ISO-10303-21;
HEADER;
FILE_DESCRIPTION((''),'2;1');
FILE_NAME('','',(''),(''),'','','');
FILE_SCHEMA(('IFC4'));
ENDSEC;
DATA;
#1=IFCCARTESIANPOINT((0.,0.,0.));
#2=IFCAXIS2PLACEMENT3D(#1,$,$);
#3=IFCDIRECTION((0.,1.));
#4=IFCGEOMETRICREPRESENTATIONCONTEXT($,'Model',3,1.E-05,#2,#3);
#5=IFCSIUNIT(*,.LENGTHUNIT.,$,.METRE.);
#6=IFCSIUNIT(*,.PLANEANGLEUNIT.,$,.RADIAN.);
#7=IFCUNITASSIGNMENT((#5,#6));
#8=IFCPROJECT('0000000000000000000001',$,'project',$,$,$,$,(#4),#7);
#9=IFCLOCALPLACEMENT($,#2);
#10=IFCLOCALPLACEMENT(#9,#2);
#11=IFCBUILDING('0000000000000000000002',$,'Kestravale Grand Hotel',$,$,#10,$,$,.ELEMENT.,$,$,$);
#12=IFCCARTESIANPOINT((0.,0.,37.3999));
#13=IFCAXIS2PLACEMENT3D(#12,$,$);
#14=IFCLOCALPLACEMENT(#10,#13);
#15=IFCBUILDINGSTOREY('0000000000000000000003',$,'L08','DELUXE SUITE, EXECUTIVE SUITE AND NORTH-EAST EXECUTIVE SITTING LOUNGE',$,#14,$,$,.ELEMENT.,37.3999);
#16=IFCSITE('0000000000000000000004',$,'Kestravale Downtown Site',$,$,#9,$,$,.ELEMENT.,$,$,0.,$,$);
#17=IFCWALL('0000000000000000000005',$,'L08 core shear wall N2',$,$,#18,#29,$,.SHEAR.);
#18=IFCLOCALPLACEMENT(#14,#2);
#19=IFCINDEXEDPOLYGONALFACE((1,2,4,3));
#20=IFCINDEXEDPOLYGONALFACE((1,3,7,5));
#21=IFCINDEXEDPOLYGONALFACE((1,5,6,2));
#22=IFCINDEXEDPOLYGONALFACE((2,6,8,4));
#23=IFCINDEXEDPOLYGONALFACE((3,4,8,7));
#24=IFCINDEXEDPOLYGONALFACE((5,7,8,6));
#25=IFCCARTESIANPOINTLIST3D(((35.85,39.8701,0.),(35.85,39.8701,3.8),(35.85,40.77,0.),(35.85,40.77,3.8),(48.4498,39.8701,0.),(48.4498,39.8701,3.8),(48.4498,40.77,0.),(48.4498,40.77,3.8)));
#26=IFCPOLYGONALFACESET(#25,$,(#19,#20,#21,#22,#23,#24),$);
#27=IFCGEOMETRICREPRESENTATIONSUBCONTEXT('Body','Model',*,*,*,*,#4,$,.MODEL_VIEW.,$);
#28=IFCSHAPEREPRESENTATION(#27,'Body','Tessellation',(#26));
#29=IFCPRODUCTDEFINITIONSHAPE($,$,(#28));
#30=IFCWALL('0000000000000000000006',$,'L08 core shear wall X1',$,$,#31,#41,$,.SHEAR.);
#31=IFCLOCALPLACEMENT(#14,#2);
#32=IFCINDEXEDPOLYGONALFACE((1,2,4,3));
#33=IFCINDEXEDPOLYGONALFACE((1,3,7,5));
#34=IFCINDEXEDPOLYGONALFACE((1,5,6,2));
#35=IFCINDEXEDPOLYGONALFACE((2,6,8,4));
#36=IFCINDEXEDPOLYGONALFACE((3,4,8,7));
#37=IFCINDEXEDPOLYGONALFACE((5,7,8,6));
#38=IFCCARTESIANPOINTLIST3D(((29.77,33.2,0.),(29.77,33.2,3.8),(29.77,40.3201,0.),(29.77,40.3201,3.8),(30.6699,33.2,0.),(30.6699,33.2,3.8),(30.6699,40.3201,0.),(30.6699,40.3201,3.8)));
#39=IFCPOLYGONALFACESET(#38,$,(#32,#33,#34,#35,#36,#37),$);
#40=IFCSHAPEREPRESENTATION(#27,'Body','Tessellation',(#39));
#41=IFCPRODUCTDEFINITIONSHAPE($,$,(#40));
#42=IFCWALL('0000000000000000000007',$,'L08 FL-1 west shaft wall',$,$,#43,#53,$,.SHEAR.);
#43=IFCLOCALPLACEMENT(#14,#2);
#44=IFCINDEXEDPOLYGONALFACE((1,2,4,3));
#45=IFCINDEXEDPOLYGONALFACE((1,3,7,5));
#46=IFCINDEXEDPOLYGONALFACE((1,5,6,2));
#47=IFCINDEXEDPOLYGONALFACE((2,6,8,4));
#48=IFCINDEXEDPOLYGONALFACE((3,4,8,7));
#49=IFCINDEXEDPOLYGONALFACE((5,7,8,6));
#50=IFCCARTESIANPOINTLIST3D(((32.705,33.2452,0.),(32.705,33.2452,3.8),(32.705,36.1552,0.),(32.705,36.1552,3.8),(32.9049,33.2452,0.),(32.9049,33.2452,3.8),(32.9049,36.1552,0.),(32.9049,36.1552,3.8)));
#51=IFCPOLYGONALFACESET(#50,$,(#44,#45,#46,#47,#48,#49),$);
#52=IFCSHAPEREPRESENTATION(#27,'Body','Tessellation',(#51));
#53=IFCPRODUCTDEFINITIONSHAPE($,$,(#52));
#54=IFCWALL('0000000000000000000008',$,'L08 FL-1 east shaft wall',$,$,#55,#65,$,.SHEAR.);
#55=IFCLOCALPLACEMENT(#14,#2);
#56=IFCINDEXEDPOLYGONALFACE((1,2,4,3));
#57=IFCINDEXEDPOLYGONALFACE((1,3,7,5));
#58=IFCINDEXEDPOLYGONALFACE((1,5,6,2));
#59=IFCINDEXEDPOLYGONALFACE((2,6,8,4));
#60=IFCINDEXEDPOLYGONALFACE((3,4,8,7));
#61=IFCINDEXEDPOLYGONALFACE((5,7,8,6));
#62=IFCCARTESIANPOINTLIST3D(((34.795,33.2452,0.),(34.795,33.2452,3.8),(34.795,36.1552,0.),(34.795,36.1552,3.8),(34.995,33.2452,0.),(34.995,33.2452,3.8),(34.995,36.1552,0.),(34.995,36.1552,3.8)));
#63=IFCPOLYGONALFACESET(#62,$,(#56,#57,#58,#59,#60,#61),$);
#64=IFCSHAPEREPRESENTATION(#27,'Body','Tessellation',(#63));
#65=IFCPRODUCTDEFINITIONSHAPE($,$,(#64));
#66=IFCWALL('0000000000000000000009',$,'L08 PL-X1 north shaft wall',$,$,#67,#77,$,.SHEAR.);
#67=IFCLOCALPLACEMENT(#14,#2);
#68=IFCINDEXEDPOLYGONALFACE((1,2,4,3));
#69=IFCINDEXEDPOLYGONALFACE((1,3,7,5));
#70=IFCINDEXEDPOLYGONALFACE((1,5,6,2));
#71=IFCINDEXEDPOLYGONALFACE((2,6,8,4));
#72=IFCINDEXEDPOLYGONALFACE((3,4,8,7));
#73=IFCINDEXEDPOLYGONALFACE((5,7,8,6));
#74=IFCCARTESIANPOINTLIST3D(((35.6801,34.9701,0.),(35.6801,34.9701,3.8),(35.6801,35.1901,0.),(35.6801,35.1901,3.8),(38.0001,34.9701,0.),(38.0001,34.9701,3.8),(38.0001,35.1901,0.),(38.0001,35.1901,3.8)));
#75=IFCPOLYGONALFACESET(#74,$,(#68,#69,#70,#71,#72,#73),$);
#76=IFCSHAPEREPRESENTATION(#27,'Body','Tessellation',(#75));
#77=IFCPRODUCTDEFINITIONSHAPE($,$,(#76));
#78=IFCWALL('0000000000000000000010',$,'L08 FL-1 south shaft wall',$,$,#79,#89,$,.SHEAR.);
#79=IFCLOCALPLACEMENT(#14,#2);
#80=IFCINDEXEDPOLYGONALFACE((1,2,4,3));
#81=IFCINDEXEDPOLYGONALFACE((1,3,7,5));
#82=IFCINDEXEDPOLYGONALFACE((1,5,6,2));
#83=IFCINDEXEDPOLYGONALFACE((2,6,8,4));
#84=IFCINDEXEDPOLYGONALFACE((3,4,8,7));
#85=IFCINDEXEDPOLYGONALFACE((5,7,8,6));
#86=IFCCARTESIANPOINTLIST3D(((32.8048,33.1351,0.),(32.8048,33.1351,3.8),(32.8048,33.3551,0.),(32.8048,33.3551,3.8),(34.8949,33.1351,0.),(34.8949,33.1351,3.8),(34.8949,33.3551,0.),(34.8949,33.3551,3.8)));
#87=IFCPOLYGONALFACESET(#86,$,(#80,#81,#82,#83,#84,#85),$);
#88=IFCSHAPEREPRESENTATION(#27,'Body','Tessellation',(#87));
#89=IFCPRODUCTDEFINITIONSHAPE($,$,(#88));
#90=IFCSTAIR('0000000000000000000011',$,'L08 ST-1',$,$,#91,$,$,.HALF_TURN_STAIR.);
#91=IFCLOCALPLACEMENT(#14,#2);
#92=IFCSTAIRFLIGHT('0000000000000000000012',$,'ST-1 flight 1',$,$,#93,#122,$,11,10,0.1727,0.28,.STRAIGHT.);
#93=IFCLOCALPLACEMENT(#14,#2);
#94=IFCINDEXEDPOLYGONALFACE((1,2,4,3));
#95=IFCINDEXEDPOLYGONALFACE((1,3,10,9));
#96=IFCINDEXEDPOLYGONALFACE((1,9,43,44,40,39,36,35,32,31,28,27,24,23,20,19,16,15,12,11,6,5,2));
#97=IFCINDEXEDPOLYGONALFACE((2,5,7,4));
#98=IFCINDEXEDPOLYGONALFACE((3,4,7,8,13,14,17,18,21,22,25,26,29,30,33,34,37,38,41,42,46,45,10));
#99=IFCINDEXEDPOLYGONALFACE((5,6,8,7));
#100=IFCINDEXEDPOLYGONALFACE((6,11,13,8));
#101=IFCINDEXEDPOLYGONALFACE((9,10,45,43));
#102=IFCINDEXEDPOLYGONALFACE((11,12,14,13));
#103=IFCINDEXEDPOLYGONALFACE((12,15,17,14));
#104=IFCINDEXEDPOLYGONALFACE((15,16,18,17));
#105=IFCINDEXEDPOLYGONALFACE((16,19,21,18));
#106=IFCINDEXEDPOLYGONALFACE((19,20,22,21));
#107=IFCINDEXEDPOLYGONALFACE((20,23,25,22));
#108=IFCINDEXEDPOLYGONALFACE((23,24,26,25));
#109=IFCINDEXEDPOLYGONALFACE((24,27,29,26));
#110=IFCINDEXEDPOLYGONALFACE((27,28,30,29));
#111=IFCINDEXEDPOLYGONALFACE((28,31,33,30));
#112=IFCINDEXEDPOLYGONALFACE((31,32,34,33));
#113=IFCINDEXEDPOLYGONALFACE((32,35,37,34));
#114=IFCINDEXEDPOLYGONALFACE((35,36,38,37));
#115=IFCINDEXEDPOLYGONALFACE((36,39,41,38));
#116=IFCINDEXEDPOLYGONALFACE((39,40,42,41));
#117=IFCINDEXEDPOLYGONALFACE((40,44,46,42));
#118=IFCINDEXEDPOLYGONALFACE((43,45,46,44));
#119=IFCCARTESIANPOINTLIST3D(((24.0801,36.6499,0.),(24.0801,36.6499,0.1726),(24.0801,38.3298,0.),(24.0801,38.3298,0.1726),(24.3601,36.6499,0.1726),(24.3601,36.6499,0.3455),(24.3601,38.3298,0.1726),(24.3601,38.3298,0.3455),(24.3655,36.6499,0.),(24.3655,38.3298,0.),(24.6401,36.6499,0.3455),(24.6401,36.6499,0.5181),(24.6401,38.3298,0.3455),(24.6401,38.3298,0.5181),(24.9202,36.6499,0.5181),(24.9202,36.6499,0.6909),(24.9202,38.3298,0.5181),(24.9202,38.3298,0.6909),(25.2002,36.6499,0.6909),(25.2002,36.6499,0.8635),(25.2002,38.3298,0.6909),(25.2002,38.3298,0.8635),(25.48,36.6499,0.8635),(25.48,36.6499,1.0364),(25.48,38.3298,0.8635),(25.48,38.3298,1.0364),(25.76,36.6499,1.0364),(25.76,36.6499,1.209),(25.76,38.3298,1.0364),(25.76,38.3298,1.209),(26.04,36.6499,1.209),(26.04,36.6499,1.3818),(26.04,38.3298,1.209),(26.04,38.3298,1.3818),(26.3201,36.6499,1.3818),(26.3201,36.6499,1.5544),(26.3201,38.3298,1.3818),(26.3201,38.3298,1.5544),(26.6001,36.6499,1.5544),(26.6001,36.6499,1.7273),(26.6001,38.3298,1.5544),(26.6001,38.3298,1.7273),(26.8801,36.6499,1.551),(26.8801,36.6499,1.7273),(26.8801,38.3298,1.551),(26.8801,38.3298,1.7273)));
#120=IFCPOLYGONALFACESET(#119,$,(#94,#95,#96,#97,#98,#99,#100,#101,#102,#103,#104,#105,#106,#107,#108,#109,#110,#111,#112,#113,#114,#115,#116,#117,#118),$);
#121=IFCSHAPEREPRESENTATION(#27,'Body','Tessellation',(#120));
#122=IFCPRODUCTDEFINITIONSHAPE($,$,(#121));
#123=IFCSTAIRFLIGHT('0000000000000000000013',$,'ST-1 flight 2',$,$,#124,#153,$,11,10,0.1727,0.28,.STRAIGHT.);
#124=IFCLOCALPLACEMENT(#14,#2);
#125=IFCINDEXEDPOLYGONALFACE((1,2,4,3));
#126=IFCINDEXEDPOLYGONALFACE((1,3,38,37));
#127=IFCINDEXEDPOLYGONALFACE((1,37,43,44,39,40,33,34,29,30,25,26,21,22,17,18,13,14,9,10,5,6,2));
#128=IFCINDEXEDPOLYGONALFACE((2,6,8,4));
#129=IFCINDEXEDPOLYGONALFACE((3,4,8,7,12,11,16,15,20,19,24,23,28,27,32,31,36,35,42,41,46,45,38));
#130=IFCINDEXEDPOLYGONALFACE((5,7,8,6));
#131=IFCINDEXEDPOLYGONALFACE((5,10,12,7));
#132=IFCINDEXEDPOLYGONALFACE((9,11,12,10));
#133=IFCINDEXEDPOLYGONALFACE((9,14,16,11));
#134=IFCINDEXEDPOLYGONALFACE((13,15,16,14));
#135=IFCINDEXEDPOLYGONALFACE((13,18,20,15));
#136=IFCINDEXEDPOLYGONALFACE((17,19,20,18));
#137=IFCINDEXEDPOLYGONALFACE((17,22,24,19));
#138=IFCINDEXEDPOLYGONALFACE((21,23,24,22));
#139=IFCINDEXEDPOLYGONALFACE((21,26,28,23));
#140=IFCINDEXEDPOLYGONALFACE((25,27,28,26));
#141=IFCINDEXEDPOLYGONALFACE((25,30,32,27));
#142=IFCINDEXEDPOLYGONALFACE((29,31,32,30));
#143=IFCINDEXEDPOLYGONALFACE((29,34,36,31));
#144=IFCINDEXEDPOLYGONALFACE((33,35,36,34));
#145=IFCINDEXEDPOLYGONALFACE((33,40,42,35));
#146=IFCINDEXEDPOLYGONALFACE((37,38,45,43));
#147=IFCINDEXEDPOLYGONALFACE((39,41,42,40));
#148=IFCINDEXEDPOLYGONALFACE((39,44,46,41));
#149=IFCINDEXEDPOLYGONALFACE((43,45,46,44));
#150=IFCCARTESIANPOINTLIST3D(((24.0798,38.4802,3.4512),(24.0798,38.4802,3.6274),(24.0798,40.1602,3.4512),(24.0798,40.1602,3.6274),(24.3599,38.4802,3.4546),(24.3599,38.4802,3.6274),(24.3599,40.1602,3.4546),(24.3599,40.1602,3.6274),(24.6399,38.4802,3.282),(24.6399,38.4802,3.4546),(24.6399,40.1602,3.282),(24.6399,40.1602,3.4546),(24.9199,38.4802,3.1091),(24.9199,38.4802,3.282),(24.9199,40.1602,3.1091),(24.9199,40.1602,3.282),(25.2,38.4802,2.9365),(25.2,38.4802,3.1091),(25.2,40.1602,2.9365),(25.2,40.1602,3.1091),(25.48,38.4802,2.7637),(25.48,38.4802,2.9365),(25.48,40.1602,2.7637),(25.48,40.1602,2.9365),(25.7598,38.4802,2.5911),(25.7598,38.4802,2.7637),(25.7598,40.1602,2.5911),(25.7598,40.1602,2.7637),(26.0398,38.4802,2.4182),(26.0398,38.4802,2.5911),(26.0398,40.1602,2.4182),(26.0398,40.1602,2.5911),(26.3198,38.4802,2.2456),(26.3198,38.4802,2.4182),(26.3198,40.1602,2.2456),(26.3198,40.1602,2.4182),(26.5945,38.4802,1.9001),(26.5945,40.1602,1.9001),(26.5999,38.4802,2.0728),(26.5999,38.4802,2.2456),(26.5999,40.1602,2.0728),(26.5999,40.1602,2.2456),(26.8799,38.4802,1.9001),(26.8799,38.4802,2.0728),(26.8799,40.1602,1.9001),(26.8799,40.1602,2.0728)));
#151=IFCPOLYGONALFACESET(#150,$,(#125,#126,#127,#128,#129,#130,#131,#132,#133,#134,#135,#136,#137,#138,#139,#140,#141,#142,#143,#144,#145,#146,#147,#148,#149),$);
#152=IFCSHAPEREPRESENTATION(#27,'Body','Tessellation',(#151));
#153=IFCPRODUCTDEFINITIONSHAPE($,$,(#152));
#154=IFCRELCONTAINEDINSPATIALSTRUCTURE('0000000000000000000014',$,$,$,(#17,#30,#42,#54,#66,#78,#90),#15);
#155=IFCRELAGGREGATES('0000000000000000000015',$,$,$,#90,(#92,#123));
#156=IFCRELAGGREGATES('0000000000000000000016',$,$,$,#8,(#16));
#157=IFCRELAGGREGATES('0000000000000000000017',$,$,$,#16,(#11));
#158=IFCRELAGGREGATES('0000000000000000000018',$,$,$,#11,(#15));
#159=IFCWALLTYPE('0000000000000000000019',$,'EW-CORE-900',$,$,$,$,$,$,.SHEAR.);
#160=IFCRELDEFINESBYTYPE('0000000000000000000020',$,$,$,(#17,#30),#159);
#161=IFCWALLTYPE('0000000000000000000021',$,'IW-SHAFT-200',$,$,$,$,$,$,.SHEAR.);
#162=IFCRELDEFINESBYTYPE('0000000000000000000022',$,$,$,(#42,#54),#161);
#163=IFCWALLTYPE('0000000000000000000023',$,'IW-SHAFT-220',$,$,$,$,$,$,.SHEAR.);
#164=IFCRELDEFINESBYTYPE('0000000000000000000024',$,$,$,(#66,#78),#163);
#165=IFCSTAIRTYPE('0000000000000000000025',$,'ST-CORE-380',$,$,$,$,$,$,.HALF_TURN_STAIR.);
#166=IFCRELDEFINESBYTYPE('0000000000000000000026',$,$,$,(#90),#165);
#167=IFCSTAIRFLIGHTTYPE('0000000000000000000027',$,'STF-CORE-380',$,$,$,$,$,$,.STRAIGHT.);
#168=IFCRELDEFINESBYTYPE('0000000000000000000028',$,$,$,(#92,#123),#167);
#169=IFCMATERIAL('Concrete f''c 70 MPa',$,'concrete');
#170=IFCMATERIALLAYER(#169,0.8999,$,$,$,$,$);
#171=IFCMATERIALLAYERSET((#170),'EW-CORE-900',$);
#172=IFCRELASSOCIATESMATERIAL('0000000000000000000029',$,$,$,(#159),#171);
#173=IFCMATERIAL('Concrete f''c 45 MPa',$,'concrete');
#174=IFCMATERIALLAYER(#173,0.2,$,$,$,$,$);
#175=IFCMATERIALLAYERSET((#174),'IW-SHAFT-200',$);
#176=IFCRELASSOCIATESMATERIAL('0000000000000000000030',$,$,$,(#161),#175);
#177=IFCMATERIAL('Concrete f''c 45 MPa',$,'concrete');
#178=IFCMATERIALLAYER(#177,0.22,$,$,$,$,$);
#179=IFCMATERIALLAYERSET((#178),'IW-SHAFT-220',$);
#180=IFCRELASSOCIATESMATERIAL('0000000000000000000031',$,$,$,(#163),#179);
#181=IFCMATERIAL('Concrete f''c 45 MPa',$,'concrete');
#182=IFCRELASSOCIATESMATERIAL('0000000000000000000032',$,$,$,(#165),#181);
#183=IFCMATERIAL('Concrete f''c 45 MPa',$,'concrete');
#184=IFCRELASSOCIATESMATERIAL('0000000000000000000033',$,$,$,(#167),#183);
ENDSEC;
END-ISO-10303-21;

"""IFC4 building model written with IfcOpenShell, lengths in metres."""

from ifc_helpers import new_model, si_unit, direction, frame, frame_2d, origin, place, context, subcontext, project, spatial, polyline, rectangle, outline, extrude, material, layer, layer_set, type_object, element, aggregate, save


model = new_model("IFC4")

# Units and contexts
model_context = context("Model", 3, precision=1e-05, world=origin(), true_north=direction((0.0, 1.0)))
body_context = subcontext(model_context, "Body", "Model", "MODEL_VIEW")
ifc_project = project(units=[si_unit("LENGTHUNIT", "METRE"), si_unit("PLANEANGLEUNIT", "RADIAN")], contexts=[model_context])

# Site, building, storey
site_placement = place(None, origin())
site = spatial("IfcSite", under=ifc_project, at=site_placement, Name="Kestravale Downtown Site", CompositionType="ELEMENT", RefElevation=0.0)
building_placement = place(site_placement, origin())
building = spatial("IfcBuilding", under=site, at=building_placement, Name="Kestravale Grand Hotel", CompositionType="ELEMENT")
storey_placement = place(building_placement, frame((0.0, 0.0, 37.3999)))
storey = spatial("IfcBuildingStorey", under=building, at=storey_placement, Name="L08", Description="DELUXE SUITE, EXECUTIVE SUITE AND NORTH-EAST EXECUTIVE SITTING LOUNGE", CompositionType="ELEMENT", Elevation=37.3999)

# Walls
ifc_material_1 = material(Name="Concrete f'c 70 MPa", Category="concrete")
ifc_layer_1 = layer(ifc_material_1, 0.8999)
ifc_layer_set_1 = layer_set([ifc_layer_1], Name="EW-CORE-900")
wall_type_1 = type_object("IfcWallType", Name="EW-CORE-900", PredefinedType="SHEAR", material=ifc_layer_set_1)
wall_1_placement = place(storey_placement, frame((35.8501, 40.3201, 0.0), z_axis=(0.0, 0.0, 1.0), x_axis=(1.0, 0.0, 0.0)))
element("IfcWall", 1, at=wall_1_placement, inside=storey, type_object=wall_type_1, Name="L08 core shear wall N2", PredefinedType="SHEAR", context=body_context, shape_type="SweptSolid", body=[
    extrude(rectangle(XDim=12.5999, YDim=0.8999, at=frame_2d((6.2998, 0.0))), origin(), (0.0, 0.0, 1.0), 3.8),
])
wall_2_placement = place(storey_placement, frame((30.22, 33.2, 0.0), z_axis=(0.0, 0.0, 1.0), x_axis=(0.0, 1.0, 0.0)))
element("IfcWall", 2, at=wall_2_placement, inside=storey, type_object=wall_type_1, Name="L08 core shear wall X1", PredefinedType="SHEAR", context=body_context, shape_type="SweptSolid", body=[
    extrude(rectangle(XDim=7.1201, YDim=0.8999, at=frame_2d((3.5601, 0.0))), origin(), (0.0, 0.0, 1.0), 3.8),
])

# Walls
ifc_material_2 = material(Name="Concrete f'c 45 MPa", Category="concrete")
ifc_layer_2 = layer(ifc_material_2, 0.2)
ifc_layer_set_2 = layer_set([ifc_layer_2], Name="IW-SHAFT-200")
wall_type_2 = type_object("IfcWallType", Name="IW-SHAFT-200", PredefinedType="SHEAR", material=ifc_layer_set_2)
for number, where, z_axis, x_axis, name in (
    (3, (32.8049, 33.2451, 0.0), (0.0, 0.0, 1.0), (0.0, 1.0, 0.0), "L08 FL-1 west shaft wall"),
    (4, (34.895, 33.2451, 0.0), (0.0, 0.0, 1.0), (0.0, 1.0, 0.0), "L08 FL-1 east shaft wall"),
):
    element("IfcWall", number, at=place(storey_placement, frame(where, z_axis=z_axis, x_axis=x_axis)), inside=storey, type_object=wall_type_2, Name=name, PredefinedType="SHEAR", context=body_context, shape_type="SweptSolid", body=[
        extrude(rectangle(XDim=2.9099, YDim=0.2, at=frame_2d((1.4551, 0.0))), origin(), (0.0, 0.0, 1.0), 3.8),
    ])
ifc_material_3 = material(Name="Concrete f'c 45 MPa", Category="concrete")
ifc_layer_3 = layer(ifc_material_3, 0.22)
ifc_layer_set_3 = layer_set([ifc_layer_3], Name="IW-SHAFT-220")
wall_type_3 = type_object("IfcWallType", Name="IW-SHAFT-220", PredefinedType="SHEAR", material=ifc_layer_set_3)
wall_3_placement = place(storey_placement, frame((35.6799, 35.0801, 0.0), z_axis=(0.0, 0.0, 1.0), x_axis=(1.0, 0.0, 0.0)))
element("IfcWall", 5, at=wall_3_placement, inside=storey, type_object=wall_type_3, Name="L08 PL-X1 north shaft wall", PredefinedType="SHEAR", context=body_context, shape_type="SweptSolid", body=[
    extrude(rectangle(XDim=2.3201, YDim=0.22, at=frame_2d((1.1602, 0.0))), origin(), (0.0, 0.0, 1.0), 3.8),
])

# Wall
wall_4_placement = place(storey_placement, frame((32.8049, 33.2451, 0.0), z_axis=(0.0, 0.0, 1.0), x_axis=(1.0, 0.0, 0.0)))
element("IfcWall", 6, at=wall_4_placement, inside=storey, type_object=wall_type_3, Name="L08 FL-1 south shaft wall", PredefinedType="SHEAR", context=body_context, shape_type="SweptSolid", body=[
    extrude(rectangle(XDim=2.0901, YDim=0.22, at=frame_2d((1.0449, 0.0))), origin(), (0.0, 0.0, 1.0), 3.8),
])

# Stair, stair flights
ifc_material_4 = material(Name="Concrete f'c 45 MPa", Category="concrete")
stair_type = type_object("IfcStairType", Name="ST-CORE-380", PredefinedType="HALF_TURN_STAIR", material=ifc_material_4)
stair_placement = place(storey_placement, origin())
stair = element("IfcStair", 7, at=stair_placement, inside=storey, type_object=stair_type, Name="L08 ST-1", PredefinedType="HALF_TURN_STAIR")
ifc_material_5 = material(Name="Concrete f'c 45 MPa", Category="concrete")
stair_flight_type = type_object("IfcStairFlightType", Name="STF-CORE-380", PredefinedType="STRAIGHT", material=ifc_material_5)
stair_flight_1_placement = place(storey_placement, frame((24.0801, 37.49, 0.0), z_axis=(0.0, 0.0, 1.0), x_axis=(1.0, 0.0, 0.0)))
stair_flight_1 = element("IfcStairFlight", 8, at=stair_flight_1_placement, type_object=stair_flight_type, Name="ST-1 flight 1", NumberOfRisers=11, NumberOfTreads=10, PredefinedType="STRAIGHT", RiserHeight=0.1727, TreadLength=0.28, context=body_context, shape_type="SweptSolid", body=[
    extrude(outline(polyline([(0.0, 0.0), (0.0, 0.1726), (0.28, 0.1726), (0.28, 0.3455), (0.5601, 0.3455), (0.5601, 0.5181), (0.8401, 0.5181), (0.8401, 0.6909), (1.1201, 0.6909), (1.1201, 0.8635), (1.3999, 0.8635), (1.3999, 1.0364), (1.6799, 1.0364), (1.6799, 1.209), (1.96, 1.209), (1.96, 1.3818), (2.24, 1.3818), (2.24, 1.5544), (2.52, 1.5544), (2.52, 1.7273), (2.8, 1.7273), (2.8, 1.8999), (2.8, 1.551), (0.2854, 0.0), (0.0, 0.0)])), frame((0.0, 0.8398, 0.0), z_axis=(0.0, -1.0, 0.0), x_axis=(1.0, 0.0, 0.0)), (0.0, 0.0, 1.0), 1.6799),
])
stair_flight_2_placement = place(storey_placement, frame((26.8799, 39.3201, 1.9001), z_axis=(0.0, 0.0, 1.0), x_axis=(-1.0, 0.0, 0.0)))
stair_flight_2 = element("IfcStairFlight", 9, at=stair_flight_2_placement, type_object=stair_flight_type, Name="ST-1 flight 2", NumberOfRisers=11, NumberOfTreads=10, PredefinedType="STRAIGHT", RiserHeight=0.1727, TreadLength=0.28, context=body_context, shape_type="SweptSolid", body=[
    extrude(outline(polyline([(0.0, 0.0), (0.0, 0.1726), (0.28, 0.1726), (0.28, 0.3455), (0.5601, 0.3455), (0.5601, 0.5181), (0.8401, 0.5181), (0.8401, 0.6909), (1.1201, 0.6909), (1.1201, 0.8635), (1.3999, 0.8635), (1.3999, 1.0364), (1.6799, 1.0364), (1.6799, 1.209), (1.96, 1.209), (1.96, 1.3818), (2.24, 1.3818), (2.24, 1.5544), (2.52, 1.5544), (2.52, 1.7273), (2.8, 1.7273), (2.8, 1.8999), (2.8, 1.551), (0.2854, 0.0), (0.0, 0.0)])), frame((0.0, 0.8398, 0.0), z_axis=(0.0, -1.0, 0.0), x_axis=(1.0, 0.0, 0.0)), (0.0, 0.0, 1.0), 1.6799),
])
aggregate(stair, [stair_flight_1, stair_flight_2])

save(model, "model.ifc")
